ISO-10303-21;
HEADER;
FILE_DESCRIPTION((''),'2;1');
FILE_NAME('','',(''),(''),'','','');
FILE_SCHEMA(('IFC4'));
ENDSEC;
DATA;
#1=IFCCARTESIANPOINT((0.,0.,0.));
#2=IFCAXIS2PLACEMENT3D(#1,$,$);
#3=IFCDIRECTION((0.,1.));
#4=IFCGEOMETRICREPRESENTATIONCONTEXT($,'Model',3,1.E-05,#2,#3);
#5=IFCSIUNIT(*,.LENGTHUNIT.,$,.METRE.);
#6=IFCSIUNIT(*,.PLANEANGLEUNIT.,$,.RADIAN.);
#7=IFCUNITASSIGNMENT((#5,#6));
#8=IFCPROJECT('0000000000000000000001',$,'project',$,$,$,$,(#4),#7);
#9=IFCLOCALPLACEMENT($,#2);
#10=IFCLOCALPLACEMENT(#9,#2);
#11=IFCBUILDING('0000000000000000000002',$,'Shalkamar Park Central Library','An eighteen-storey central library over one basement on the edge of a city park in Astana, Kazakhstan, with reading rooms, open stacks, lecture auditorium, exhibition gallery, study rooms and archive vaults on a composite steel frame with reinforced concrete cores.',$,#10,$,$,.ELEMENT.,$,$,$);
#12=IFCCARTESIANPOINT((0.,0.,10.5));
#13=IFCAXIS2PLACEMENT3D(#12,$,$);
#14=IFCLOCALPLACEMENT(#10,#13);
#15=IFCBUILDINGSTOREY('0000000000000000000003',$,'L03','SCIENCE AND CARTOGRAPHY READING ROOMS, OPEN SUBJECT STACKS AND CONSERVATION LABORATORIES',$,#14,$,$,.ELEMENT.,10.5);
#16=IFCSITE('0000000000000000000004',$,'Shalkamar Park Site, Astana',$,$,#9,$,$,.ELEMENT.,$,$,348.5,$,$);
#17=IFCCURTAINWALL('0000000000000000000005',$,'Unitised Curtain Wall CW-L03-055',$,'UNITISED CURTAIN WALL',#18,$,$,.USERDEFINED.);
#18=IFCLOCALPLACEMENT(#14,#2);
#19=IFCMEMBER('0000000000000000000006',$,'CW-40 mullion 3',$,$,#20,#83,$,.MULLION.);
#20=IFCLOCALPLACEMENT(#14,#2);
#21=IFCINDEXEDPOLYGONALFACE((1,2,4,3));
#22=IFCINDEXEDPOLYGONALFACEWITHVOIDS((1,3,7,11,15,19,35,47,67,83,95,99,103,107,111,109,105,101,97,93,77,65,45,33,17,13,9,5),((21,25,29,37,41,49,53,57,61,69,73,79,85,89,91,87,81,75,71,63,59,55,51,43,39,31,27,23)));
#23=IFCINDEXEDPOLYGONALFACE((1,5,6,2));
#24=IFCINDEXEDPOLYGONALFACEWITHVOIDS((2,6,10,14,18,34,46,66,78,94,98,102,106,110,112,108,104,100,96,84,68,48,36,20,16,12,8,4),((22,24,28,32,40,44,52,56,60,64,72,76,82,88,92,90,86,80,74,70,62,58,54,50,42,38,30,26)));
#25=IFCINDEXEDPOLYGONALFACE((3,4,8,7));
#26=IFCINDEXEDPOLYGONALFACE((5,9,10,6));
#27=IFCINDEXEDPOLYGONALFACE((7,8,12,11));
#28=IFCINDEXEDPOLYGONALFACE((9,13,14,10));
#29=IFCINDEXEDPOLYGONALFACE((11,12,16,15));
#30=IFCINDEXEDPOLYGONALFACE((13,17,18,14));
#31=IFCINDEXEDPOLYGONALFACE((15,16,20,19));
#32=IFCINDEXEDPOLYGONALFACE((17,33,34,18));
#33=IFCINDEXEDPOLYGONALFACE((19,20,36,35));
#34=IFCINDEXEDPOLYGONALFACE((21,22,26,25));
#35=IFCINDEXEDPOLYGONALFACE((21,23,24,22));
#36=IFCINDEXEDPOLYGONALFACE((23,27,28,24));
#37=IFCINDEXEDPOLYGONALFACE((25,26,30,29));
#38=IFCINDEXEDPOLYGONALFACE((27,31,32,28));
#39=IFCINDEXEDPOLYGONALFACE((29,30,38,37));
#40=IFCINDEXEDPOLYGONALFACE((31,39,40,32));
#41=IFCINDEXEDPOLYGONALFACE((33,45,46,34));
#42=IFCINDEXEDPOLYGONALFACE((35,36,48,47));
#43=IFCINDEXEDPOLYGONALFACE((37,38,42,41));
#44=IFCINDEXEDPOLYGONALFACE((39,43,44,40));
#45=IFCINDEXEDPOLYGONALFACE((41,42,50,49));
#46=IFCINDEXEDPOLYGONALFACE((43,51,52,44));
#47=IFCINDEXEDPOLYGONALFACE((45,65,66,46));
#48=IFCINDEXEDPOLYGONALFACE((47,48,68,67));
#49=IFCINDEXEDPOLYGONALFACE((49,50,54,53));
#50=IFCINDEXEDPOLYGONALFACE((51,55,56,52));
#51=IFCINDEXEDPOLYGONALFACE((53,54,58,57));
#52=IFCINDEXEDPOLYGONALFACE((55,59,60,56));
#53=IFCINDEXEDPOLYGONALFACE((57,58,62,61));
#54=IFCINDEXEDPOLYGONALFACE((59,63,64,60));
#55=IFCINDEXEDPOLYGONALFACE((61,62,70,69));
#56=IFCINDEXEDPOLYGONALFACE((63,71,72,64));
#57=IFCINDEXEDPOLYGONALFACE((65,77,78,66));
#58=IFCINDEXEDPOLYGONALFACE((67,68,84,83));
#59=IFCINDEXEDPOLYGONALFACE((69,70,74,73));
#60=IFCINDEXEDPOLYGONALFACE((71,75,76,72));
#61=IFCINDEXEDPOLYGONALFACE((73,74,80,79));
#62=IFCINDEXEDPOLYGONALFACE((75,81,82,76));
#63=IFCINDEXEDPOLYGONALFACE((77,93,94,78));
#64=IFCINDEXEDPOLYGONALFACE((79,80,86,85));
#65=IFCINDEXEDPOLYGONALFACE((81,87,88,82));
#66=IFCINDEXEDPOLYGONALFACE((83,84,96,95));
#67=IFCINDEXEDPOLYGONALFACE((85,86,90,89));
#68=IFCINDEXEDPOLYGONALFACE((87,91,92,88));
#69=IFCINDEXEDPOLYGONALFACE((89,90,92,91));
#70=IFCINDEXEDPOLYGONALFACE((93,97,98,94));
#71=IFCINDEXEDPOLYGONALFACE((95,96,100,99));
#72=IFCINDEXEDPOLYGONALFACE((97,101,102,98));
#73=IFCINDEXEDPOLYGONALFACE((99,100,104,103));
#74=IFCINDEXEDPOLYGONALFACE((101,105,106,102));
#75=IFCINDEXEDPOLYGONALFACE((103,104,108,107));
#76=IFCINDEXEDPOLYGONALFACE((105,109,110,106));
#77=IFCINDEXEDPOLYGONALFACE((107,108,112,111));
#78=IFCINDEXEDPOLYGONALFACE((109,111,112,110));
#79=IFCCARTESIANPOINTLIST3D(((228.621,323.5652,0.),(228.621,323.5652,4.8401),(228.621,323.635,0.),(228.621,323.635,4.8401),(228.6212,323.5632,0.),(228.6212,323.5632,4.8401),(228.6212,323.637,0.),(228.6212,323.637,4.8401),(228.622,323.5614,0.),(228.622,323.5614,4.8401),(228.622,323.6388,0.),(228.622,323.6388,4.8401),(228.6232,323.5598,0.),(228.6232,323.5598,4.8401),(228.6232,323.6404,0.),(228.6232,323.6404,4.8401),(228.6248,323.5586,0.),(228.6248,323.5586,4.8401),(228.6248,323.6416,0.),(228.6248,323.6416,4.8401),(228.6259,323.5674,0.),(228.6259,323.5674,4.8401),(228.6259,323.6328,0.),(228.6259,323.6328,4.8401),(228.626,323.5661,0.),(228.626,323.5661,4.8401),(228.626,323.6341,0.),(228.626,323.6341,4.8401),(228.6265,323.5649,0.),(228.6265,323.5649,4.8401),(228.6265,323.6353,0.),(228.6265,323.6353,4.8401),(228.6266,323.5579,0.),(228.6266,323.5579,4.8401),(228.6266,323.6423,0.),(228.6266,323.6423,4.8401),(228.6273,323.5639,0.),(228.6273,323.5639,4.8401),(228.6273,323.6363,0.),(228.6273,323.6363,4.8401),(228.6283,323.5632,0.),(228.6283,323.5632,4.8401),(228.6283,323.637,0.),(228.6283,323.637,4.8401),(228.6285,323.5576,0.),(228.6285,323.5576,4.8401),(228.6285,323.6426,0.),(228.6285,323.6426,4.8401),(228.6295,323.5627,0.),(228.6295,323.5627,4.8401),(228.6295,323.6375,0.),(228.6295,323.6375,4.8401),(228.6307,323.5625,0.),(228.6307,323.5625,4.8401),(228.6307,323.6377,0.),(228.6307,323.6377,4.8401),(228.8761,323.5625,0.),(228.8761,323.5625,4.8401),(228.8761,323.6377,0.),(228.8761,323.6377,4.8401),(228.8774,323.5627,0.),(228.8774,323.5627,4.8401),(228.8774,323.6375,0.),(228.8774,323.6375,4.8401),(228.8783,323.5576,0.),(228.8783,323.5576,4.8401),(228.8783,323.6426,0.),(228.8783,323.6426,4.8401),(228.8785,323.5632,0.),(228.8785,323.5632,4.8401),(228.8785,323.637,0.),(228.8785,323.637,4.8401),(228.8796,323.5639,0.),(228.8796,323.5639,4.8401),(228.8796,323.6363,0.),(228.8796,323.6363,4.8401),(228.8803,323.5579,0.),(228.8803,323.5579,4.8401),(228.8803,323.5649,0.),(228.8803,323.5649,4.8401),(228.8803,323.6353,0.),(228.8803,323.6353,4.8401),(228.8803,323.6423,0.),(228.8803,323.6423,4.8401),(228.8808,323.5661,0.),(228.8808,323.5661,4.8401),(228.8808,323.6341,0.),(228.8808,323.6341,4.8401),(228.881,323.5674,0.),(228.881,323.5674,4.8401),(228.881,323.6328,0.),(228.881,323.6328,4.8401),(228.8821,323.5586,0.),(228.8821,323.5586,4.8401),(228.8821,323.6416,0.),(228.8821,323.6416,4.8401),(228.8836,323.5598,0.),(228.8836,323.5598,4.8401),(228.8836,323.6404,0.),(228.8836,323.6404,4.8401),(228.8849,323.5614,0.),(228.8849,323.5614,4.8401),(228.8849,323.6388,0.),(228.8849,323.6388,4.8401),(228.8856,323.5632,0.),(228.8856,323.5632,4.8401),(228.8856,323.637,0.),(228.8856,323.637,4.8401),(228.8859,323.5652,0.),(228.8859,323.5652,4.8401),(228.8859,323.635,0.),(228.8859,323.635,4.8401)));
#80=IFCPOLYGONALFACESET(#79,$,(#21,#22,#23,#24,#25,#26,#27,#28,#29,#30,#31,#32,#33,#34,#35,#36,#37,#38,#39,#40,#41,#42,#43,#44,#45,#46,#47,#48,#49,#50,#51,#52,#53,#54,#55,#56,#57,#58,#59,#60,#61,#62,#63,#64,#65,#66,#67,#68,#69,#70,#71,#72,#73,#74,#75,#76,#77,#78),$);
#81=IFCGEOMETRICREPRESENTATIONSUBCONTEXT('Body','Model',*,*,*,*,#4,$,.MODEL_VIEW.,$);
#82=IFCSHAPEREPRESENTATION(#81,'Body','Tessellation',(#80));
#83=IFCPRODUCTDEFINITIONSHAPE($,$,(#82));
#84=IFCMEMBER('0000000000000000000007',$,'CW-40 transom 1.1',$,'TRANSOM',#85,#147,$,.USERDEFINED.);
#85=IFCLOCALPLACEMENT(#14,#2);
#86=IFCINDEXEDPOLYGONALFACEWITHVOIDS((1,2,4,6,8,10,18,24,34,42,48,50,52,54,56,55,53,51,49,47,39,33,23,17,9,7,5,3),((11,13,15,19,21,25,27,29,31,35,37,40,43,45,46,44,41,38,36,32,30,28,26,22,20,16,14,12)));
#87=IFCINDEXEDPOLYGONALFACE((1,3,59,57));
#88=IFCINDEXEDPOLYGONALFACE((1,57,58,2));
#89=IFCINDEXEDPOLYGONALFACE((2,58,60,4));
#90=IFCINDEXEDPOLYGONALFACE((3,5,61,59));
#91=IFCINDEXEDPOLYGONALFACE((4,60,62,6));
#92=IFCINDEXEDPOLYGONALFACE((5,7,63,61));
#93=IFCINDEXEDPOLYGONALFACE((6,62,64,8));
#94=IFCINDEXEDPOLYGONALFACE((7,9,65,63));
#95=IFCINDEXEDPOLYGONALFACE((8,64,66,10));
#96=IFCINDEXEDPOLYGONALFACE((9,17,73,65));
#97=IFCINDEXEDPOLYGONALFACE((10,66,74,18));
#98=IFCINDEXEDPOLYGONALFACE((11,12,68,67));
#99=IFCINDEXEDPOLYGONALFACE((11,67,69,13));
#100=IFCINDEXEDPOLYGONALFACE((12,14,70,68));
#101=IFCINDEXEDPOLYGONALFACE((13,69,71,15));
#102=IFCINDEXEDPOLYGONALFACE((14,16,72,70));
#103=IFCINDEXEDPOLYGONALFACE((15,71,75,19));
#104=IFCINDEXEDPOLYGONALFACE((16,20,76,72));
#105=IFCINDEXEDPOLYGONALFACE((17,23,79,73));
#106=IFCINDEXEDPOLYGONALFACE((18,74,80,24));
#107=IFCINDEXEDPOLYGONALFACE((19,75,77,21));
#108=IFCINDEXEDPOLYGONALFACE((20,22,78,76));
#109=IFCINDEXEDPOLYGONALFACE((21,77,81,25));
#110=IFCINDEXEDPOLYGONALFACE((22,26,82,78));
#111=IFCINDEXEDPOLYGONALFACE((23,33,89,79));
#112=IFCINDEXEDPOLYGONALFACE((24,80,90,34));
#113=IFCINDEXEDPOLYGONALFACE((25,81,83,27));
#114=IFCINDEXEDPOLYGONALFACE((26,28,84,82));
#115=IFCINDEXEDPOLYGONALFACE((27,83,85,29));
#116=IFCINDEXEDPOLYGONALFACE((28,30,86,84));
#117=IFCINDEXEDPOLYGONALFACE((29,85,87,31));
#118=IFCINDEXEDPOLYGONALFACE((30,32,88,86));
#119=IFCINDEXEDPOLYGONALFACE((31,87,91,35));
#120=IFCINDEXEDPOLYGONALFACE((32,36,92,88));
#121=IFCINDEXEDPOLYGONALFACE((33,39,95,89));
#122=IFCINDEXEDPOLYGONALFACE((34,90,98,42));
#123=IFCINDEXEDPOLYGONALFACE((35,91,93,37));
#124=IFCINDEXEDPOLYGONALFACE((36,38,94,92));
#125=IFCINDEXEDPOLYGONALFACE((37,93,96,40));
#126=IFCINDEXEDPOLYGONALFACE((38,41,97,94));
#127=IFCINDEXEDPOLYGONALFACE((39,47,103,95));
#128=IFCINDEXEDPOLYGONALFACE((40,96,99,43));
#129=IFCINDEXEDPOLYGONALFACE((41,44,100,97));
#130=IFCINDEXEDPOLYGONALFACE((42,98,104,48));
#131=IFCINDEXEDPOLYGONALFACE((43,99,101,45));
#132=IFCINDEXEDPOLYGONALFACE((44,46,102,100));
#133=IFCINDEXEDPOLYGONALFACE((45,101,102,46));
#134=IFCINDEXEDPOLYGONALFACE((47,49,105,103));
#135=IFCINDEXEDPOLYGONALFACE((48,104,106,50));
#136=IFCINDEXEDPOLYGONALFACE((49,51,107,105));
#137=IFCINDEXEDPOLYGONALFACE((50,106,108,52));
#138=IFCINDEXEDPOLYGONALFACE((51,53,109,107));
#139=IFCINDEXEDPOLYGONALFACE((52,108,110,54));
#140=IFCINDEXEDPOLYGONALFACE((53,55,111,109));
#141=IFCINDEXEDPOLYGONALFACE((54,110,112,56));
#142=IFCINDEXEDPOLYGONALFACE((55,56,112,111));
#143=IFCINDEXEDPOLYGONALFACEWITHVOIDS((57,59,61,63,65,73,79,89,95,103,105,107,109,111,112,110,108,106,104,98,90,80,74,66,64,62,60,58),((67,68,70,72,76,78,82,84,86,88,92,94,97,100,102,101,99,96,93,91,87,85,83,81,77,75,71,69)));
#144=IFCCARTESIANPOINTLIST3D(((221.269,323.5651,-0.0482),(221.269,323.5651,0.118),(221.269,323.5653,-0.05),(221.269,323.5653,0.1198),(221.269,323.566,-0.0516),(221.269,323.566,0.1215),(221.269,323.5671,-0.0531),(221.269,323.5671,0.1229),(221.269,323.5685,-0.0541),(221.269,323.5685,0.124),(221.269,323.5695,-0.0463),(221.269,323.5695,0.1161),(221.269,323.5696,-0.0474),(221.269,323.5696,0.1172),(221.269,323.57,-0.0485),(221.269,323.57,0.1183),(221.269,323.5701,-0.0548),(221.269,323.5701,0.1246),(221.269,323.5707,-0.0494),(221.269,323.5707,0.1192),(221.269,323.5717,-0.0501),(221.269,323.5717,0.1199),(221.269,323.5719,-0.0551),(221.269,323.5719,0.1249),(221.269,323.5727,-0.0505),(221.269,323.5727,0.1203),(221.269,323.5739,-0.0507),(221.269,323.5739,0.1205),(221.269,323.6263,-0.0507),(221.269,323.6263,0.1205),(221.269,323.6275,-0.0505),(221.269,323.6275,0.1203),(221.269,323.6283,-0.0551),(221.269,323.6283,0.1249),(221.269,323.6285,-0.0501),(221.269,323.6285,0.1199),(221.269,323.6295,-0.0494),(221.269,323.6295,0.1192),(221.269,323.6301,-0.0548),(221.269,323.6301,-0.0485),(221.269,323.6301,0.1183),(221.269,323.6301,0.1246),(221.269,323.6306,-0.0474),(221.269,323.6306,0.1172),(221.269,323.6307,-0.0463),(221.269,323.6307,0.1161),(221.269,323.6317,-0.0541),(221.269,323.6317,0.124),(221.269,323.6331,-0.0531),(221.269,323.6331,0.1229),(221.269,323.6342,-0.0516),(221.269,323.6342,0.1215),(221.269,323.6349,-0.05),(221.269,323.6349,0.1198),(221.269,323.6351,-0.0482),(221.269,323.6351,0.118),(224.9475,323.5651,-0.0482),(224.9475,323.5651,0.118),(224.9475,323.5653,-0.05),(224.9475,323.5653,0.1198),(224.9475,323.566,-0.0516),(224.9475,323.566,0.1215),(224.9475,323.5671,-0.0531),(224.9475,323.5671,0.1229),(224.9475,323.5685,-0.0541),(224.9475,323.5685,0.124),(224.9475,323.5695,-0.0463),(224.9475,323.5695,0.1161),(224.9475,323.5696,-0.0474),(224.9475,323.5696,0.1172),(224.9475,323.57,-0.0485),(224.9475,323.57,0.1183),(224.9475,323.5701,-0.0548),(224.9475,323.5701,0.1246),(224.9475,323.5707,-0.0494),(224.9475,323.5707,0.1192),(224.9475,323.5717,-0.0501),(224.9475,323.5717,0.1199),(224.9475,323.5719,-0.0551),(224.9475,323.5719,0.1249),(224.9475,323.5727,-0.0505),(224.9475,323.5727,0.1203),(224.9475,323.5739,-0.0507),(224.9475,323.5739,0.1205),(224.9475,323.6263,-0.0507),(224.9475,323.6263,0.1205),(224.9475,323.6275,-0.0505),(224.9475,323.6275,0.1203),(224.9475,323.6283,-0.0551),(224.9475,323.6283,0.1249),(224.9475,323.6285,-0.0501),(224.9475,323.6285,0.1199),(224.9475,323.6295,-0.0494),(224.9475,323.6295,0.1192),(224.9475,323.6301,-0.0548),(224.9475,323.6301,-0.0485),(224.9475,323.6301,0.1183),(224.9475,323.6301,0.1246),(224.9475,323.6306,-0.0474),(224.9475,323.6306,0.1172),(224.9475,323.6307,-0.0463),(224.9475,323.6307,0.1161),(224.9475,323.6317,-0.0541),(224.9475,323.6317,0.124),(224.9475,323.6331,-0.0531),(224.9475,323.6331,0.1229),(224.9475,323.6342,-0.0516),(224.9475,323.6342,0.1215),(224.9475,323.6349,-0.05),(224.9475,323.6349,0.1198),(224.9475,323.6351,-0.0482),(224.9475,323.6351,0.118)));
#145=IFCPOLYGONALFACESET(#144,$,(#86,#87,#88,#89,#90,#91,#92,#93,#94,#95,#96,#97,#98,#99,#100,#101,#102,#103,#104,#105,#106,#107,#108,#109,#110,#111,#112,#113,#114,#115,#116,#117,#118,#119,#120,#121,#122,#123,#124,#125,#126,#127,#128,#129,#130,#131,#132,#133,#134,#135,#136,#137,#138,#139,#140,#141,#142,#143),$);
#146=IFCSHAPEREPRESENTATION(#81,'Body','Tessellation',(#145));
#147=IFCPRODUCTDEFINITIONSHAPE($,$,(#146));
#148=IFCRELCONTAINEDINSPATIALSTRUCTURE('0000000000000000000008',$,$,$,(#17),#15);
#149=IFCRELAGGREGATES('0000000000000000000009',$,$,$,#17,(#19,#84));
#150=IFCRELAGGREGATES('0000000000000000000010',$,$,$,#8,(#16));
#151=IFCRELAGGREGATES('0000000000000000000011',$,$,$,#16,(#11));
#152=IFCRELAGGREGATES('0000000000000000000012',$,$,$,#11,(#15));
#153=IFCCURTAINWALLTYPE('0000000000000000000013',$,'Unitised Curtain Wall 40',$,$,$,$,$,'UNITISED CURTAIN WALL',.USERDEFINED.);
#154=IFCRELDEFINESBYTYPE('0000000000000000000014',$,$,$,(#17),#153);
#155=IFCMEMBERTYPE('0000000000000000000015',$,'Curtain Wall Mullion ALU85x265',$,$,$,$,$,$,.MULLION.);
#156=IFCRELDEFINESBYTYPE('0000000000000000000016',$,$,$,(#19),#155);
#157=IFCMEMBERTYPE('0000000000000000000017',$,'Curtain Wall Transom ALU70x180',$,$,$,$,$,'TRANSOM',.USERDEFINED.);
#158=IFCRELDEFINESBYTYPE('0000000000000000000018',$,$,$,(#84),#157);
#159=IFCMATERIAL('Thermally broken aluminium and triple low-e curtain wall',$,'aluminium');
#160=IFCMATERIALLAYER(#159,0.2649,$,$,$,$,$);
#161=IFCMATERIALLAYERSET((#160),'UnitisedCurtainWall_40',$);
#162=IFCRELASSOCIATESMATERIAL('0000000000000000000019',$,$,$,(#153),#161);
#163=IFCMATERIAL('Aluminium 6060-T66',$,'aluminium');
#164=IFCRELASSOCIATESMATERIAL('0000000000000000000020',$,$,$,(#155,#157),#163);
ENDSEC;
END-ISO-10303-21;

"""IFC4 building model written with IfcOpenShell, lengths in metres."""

from ifc_helpers import new_model, si_unit, direction, frame, origin, origin_2d, place, context, subcontext, project, spatial, hollow_rectangle, extrude, material, layer, layer_set, material_profile, profile_set, type_object, element, aggregate, save


model = new_model("IFC4")

# Units and contexts
model_context = context("Model", 3, precision=1e-05, world=origin(), true_north=direction((0.0, 1.0)))
body_context = subcontext(model_context, "Body", "Model", "MODEL_VIEW")
ifc_project = project(units=[si_unit("LENGTHUNIT", "METRE"), si_unit("PLANEANGLEUNIT", "RADIAN")], contexts=[model_context])

# Site, building, storey
site_placement = place(None, origin())
site = spatial("IfcSite", under=ifc_project, at=site_placement, Name="Shalkamar Park Site, Astana", CompositionType="ELEMENT", RefElevation=348.5)
building_placement = place(site_placement, origin())
building = spatial("IfcBuilding", under=site, at=building_placement, Name="Shalkamar Park Central Library", Description="An eighteen-storey central library over one basement on the edge of a city park in Astana, Kazakhstan, with reading rooms, open stacks, lecture auditorium, exhibition gallery, study rooms and archive vaults on a composite steel frame with reinforced concrete cores.", CompositionType="ELEMENT")
storey_placement = place(building_placement, frame((0.0, 0.0, 10.5)))
storey = spatial("IfcBuildingStorey", under=building, at=storey_placement, Name="L03", Description="SCIENCE AND CARTOGRAPHY READING ROOMS, OPEN SUBJECT STACKS AND CONSERVATION LABORATORIES", CompositionType="ELEMENT", Elevation=10.5)

# Curtain wall, members
ifc_material_1 = material(Name="Thermally broken aluminium and triple low-e curtain wall", Category="aluminium")
ifc_layer_1 = layer(ifc_material_1, 0.2649)
ifc_layer_set_1 = layer_set([ifc_layer_1], Name="UnitisedCurtainWall_40")
curtain_wall_type = type_object("IfcCurtainWallType", Name="Unitised Curtain Wall 40", ElementType="UNITISED CURTAIN WALL", PredefinedType="USERDEFINED", material=ifc_layer_set_1)
curtain_wall_placement = place(storey_placement, origin())
curtain_wall = element("IfcCurtainWall", 1, at=curtain_wall_placement, inside=storey, type_object=curtain_wall_type, Name="Unitised Curtain Wall CW-L03-055", ObjectType="UNITISED CURTAIN WALL", PredefinedType="USERDEFINED")
ifc_material_2 = material(Name="Aluminium 6060-T66", Category="aluminium")
ifc_material_profile_1 = material_profile(ifc_material_2, hollow_rectangle(XDim=0.085, YDim=0.2649, WallThickness=0.0049, InnerFilletRadius=0.0049, OuterFilletRadius=0.0076, at=origin_2d()), Name="ALU 85x265x5")
ifc_profile_set_1 = profile_set([ifc_material_profile_1], Name="Aluminium 6060-T66")
member_type_1 = type_object("IfcMemberType", Name="Curtain Wall Mullion ALU85x265", PredefinedType="MULLION", material=ifc_profile_set_1)
member_1_placement = place(storey_placement, frame((228.7534, 323.6001, 0.0), z_axis=(0.0, 0.0, 1.0), x_axis=(0.0, 1.0, 0.0)))
member_1 = element("IfcMember", 2, at=member_1_placement, type_object=member_type_1, Name="CW-40 mullion 3", PredefinedType="MULLION", context=body_context, shape_type="SweptSolid", body=[
    extrude(hollow_rectangle(XDim=0.085, YDim=0.2649, WallThickness=0.0049, InnerFilletRadius=0.0049, OuterFilletRadius=0.0076, at=origin_2d()), origin(), (0.0, 0.0, 1.0), 4.8401),
])
ifc_material_profile_2 = material_profile(ifc_material_2, hollow_rectangle(XDim=0.0701, YDim=0.1799, WallThickness=0.0044, InnerFilletRadius=0.0044, OuterFilletRadius=0.0068, at=origin_2d()), Name="ALU 70x180x4.5")
ifc_profile_set_2 = profile_set([ifc_material_profile_2], Name="Aluminium 6060-T66")
member_type_2 = type_object("IfcMemberType", Name="Curtain Wall Transom ALU70x180", ElementType="TRANSOM", PredefinedType="USERDEFINED", material=ifc_profile_set_2)
member_2_placement = place(storey_placement, frame((221.269, 323.6001, 0.0349), z_axis=(1.0, 0.0, 0.0), x_axis=(0.0, 1.0, 0.0)))
member_2 = element("IfcMember", 3, at=member_2_placement, type_object=member_type_2, Name="CW-40 transom 1.1", ObjectType="TRANSOM", PredefinedType="USERDEFINED", context=body_context, shape_type="SweptSolid", body=[
    extrude(hollow_rectangle(XDim=0.0701, YDim=0.1799, WallThickness=0.0044, InnerFilletRadius=0.0044, OuterFilletRadius=0.0068, at=origin_2d()), origin(), (0.0, 0.0, 1.0), 3.6785),
])

aggregate(curtain_wall, [member_1, member_2])

save(model, "model.ifc")
